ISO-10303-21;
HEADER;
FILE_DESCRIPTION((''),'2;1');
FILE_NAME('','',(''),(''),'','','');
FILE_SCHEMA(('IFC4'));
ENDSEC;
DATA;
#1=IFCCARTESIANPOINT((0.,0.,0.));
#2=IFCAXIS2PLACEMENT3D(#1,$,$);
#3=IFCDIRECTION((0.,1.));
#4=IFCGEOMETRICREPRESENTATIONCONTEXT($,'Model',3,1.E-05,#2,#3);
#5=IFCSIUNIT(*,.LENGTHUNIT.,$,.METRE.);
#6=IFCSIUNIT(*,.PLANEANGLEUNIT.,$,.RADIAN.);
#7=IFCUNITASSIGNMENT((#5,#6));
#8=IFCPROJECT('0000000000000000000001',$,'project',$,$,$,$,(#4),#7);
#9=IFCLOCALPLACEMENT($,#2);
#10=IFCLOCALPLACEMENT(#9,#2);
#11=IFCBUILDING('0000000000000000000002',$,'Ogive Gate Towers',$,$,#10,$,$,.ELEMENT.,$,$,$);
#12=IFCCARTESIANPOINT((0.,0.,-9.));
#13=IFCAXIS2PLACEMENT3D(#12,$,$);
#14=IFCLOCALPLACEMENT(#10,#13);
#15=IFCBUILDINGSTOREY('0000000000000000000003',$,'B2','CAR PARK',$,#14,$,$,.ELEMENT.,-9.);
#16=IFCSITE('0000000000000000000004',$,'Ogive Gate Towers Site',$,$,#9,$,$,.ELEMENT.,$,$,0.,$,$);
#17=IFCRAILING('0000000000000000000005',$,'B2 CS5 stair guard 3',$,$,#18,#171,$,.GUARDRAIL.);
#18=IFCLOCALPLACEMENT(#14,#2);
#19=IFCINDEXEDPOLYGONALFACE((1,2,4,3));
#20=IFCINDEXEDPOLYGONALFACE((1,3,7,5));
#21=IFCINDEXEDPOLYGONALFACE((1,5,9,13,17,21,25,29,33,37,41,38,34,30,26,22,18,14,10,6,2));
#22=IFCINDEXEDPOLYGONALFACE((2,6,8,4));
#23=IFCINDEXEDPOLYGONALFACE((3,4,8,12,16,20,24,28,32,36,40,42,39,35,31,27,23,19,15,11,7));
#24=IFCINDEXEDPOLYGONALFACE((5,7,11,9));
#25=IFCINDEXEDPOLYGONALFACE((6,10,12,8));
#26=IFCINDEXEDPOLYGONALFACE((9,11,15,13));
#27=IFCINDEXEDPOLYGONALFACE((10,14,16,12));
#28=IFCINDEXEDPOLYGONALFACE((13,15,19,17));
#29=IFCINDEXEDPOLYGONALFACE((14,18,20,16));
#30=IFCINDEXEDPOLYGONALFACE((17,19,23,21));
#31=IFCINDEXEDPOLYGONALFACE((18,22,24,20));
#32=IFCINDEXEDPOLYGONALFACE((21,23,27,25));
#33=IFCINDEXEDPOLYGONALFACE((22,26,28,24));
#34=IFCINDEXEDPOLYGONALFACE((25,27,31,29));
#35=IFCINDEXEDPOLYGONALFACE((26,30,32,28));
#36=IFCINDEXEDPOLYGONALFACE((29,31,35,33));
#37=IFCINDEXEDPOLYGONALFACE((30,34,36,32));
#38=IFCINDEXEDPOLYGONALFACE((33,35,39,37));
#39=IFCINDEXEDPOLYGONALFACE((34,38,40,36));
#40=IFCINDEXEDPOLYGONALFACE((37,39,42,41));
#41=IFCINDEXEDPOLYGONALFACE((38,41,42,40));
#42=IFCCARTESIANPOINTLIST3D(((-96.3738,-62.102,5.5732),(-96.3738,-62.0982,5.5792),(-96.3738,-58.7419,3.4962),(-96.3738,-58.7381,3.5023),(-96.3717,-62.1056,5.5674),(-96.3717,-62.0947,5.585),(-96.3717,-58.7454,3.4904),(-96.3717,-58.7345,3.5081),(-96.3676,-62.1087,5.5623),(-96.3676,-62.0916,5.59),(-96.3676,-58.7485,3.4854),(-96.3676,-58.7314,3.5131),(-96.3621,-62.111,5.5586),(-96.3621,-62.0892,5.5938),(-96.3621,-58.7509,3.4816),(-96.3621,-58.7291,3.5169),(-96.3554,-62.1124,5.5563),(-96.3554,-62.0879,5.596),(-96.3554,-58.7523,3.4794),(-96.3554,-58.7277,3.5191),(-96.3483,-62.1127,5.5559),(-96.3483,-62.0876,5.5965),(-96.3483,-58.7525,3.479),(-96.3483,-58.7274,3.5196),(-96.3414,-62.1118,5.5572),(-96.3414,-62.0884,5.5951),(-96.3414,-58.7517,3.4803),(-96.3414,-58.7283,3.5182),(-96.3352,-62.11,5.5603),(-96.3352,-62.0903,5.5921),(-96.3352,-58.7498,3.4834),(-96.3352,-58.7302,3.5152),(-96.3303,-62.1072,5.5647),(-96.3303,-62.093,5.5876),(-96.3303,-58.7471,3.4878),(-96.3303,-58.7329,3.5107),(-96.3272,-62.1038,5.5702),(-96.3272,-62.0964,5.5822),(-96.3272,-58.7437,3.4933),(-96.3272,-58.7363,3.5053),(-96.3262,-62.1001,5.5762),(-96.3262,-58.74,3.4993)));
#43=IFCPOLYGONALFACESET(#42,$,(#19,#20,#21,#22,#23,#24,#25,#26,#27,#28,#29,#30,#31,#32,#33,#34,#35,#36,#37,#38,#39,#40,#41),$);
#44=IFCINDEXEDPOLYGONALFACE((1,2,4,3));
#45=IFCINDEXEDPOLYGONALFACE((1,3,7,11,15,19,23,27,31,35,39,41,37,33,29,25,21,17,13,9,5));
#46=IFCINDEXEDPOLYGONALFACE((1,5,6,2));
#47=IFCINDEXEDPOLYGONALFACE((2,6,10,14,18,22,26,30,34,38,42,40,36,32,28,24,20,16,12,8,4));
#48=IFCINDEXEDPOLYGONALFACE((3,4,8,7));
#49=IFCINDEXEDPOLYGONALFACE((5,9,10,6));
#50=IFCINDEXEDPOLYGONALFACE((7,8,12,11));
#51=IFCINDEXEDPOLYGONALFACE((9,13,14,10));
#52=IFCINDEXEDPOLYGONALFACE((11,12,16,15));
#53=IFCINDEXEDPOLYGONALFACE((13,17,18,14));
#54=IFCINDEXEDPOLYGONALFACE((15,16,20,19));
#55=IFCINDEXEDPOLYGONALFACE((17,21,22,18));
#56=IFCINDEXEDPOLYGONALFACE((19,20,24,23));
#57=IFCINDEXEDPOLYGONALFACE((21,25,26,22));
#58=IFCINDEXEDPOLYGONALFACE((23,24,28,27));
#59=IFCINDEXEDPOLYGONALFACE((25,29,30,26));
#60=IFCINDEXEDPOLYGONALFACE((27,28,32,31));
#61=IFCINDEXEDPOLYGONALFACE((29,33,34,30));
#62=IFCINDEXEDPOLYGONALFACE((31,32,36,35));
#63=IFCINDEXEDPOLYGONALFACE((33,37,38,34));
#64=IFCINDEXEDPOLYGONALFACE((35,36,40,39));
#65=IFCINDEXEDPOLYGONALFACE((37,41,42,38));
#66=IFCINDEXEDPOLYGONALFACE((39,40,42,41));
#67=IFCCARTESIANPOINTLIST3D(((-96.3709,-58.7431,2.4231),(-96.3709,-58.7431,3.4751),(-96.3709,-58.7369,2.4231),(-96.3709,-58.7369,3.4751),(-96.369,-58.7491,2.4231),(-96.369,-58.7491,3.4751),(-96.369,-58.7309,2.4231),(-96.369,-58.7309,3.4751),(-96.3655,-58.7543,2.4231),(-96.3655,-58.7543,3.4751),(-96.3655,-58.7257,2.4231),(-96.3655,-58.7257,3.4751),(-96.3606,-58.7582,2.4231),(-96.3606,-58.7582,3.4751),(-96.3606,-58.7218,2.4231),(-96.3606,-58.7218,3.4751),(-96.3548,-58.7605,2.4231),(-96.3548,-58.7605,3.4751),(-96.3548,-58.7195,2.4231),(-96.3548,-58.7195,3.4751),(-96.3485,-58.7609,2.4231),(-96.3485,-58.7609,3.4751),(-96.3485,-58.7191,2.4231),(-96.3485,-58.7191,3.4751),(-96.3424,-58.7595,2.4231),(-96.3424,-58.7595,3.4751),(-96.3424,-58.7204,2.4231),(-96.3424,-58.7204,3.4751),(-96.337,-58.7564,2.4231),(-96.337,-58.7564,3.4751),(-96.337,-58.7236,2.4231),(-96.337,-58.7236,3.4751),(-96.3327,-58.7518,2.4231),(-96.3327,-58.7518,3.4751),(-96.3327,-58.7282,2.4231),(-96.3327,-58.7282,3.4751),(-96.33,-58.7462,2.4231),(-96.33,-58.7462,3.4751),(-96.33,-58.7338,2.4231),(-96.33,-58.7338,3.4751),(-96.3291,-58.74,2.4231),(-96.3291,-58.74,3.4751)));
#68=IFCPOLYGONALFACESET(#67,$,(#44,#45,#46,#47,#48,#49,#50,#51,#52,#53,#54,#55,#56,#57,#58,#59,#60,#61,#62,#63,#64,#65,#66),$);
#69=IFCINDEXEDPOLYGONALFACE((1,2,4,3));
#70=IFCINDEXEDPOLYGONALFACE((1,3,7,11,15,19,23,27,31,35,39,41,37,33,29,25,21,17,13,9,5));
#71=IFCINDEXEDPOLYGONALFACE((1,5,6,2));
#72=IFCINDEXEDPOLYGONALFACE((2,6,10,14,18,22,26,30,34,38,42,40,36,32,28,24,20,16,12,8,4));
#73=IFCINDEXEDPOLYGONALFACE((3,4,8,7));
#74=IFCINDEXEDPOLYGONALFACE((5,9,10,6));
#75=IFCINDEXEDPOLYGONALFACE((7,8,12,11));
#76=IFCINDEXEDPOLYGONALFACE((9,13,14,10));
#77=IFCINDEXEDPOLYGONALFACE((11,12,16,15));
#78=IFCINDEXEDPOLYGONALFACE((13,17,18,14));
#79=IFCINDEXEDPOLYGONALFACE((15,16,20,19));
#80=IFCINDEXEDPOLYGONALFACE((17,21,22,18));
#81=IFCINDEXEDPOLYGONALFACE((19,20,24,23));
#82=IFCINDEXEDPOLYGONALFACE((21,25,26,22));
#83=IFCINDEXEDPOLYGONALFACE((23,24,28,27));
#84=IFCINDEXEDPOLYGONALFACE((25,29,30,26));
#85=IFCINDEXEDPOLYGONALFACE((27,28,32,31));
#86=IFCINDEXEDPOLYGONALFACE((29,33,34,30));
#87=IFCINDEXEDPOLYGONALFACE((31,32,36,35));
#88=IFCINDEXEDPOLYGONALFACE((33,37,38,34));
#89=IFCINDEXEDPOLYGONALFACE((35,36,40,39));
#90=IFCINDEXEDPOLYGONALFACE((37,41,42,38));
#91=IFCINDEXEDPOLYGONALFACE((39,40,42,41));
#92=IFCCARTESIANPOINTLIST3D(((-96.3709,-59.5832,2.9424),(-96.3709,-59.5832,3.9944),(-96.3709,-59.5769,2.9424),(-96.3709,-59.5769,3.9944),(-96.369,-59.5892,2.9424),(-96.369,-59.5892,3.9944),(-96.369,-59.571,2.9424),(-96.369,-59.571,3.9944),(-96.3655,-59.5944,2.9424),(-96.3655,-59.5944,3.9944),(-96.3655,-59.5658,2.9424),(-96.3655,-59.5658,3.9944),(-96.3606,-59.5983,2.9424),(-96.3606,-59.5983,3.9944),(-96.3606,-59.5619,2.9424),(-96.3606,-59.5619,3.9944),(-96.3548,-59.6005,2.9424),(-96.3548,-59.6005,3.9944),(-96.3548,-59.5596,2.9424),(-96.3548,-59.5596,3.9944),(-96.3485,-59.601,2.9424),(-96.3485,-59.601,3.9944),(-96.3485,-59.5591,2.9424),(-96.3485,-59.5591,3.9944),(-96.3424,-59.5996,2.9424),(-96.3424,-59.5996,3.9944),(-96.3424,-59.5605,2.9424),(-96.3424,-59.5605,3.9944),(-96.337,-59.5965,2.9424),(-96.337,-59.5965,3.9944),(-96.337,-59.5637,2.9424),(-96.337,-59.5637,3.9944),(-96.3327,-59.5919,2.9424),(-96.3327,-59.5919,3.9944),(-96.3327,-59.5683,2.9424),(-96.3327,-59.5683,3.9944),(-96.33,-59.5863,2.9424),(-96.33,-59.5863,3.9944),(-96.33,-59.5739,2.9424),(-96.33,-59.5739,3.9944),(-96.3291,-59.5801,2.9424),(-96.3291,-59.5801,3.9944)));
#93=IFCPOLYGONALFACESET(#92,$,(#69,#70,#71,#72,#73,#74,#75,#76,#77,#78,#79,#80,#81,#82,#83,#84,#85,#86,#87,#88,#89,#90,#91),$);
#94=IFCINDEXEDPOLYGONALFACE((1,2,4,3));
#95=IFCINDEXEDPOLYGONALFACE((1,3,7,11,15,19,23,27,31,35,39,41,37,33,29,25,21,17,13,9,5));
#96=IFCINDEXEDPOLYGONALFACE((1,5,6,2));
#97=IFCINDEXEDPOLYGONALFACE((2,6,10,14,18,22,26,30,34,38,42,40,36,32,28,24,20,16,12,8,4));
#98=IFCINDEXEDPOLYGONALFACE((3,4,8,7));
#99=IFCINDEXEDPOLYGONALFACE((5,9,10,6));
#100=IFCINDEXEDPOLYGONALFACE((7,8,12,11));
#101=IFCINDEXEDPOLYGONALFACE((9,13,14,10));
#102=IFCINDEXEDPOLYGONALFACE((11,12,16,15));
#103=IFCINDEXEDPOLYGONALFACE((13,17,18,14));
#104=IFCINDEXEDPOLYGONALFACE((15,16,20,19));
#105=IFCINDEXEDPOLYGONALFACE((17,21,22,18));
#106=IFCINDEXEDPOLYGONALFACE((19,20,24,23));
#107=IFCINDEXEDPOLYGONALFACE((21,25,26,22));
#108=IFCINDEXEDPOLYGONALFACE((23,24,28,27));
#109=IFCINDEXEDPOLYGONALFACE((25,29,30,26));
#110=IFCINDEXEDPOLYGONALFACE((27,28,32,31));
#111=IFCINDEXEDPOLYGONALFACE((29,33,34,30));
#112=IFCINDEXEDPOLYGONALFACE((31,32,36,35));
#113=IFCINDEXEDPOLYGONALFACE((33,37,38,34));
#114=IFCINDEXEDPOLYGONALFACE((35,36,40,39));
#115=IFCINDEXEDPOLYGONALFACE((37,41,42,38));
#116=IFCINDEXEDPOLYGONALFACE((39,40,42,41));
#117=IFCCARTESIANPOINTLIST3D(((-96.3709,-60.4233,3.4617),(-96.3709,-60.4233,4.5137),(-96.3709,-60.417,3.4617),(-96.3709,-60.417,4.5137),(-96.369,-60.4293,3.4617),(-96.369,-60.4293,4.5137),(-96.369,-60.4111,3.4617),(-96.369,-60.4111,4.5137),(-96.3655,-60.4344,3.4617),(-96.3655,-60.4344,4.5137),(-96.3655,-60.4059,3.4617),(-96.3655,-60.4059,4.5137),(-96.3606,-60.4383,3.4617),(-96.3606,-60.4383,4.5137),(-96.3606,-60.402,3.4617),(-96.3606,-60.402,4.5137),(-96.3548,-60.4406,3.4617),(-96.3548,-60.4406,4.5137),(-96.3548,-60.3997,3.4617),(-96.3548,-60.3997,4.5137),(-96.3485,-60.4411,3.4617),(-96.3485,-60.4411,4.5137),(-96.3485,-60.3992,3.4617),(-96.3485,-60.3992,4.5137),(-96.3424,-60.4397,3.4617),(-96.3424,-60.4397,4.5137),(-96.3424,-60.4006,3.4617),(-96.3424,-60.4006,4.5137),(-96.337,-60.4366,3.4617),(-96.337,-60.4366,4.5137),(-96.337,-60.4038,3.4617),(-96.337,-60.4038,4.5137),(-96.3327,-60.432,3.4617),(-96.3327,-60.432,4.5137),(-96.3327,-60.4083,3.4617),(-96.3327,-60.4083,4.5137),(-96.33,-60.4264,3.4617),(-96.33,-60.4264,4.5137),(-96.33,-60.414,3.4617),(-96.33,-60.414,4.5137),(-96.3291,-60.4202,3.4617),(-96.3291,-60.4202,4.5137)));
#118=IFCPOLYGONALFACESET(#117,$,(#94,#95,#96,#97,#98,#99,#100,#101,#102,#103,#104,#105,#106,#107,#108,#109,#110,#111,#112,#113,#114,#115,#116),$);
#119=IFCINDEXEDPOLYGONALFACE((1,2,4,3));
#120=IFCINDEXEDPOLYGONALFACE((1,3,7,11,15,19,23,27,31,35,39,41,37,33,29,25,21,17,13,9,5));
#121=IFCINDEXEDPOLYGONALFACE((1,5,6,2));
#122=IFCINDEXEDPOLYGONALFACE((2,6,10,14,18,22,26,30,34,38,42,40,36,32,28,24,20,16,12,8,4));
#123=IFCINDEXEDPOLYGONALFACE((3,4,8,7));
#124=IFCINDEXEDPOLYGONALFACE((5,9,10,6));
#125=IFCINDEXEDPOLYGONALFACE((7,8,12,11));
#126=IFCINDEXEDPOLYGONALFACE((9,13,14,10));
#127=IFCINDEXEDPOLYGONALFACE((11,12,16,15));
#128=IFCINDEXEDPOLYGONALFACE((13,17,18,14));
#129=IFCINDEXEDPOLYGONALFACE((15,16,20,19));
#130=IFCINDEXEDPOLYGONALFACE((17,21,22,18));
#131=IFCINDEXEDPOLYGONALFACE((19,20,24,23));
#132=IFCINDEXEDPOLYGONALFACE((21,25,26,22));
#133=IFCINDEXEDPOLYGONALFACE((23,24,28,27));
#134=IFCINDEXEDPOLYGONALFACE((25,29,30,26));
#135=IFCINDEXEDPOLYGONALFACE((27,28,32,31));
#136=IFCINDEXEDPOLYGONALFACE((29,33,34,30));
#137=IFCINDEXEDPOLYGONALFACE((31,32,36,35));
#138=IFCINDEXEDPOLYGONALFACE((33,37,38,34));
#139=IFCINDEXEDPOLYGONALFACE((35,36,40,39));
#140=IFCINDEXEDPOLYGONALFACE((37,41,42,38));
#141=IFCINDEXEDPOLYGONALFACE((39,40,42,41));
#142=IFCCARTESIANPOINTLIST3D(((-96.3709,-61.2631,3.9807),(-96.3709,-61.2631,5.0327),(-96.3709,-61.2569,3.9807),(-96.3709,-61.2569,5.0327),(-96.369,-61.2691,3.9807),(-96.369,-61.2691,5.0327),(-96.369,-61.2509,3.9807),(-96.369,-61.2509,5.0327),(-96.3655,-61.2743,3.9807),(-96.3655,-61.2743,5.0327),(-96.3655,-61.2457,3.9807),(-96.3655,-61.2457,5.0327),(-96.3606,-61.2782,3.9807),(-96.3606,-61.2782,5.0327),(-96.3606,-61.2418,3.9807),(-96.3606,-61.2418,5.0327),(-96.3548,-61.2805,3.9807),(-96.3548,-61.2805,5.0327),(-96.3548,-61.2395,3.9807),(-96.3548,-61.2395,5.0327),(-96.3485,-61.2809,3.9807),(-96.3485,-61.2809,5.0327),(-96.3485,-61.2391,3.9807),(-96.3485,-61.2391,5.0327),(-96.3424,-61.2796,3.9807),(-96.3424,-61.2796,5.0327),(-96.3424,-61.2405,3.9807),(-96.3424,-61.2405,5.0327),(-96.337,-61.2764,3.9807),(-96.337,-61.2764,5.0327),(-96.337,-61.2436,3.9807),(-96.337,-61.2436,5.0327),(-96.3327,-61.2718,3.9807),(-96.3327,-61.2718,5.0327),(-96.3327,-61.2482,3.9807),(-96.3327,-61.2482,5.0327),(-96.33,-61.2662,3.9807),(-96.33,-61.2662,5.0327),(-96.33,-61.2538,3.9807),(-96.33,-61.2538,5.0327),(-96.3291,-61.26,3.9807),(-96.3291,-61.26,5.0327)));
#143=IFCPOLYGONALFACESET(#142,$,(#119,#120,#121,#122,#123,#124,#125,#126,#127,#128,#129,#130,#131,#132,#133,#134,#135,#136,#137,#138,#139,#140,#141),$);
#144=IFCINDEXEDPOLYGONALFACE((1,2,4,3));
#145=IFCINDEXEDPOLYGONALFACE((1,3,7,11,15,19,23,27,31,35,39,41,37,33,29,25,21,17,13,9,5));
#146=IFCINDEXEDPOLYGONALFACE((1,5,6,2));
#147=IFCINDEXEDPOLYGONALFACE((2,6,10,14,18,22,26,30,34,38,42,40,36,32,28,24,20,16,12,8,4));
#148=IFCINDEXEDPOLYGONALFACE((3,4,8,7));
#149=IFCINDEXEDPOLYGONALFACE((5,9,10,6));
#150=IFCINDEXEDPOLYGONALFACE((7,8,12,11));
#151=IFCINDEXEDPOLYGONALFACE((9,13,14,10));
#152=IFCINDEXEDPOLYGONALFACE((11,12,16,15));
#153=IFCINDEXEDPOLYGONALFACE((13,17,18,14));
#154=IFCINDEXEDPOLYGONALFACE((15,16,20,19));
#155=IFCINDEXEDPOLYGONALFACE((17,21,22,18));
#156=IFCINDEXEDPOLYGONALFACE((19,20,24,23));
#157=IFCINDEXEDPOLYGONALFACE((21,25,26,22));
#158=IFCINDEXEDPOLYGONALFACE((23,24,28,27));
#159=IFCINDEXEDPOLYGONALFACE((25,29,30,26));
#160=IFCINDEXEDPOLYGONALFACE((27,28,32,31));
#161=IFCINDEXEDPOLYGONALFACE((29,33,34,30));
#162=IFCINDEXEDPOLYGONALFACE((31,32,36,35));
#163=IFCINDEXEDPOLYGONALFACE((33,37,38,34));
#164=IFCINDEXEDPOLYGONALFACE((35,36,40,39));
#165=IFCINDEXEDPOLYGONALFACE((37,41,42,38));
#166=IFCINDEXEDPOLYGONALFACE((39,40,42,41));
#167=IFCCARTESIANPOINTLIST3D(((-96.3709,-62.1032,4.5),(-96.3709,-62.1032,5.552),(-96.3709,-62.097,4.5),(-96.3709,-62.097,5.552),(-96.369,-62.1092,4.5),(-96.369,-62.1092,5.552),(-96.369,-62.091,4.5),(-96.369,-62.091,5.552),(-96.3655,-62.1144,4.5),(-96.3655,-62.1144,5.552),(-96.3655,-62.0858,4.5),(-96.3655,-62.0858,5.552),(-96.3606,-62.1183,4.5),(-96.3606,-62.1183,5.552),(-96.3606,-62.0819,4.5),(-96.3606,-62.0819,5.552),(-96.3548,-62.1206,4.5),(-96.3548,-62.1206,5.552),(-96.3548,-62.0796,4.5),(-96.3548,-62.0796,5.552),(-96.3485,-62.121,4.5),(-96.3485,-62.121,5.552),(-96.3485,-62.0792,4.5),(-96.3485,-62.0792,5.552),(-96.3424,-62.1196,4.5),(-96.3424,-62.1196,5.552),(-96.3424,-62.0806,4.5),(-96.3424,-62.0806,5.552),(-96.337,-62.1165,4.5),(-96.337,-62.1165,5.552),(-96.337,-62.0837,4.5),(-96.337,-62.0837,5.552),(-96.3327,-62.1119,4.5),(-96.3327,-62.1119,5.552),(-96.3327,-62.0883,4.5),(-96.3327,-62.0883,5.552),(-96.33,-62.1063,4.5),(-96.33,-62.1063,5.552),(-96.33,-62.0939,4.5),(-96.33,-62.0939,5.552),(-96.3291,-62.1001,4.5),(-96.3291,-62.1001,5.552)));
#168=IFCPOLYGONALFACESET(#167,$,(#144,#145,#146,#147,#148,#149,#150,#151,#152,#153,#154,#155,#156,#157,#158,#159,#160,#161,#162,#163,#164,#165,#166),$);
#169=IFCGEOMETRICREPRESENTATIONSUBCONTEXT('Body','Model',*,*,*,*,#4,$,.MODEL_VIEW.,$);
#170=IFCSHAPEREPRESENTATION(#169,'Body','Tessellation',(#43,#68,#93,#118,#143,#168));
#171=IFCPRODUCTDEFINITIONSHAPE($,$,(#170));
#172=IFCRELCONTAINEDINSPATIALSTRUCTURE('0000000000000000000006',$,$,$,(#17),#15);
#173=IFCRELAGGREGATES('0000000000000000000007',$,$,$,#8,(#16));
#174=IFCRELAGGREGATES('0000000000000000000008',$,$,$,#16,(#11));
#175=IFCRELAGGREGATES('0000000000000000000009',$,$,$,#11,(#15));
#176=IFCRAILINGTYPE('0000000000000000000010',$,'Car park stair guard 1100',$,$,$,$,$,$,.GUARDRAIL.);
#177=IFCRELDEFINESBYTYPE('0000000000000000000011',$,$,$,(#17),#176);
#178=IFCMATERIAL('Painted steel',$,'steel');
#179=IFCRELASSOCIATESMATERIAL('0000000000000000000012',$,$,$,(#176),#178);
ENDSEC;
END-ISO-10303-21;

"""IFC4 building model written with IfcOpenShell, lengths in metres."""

from ifc_helpers import new_model, si_unit, direction, frame, origin, origin_2d, place, context, subcontext, project, spatial, circle, extrude, material, type_object, element, save


model = new_model("IFC4")

# Units and contexts
model_context = context("Model", 3, precision=1e-05, world=origin(), true_north=direction((0.0, 1.0)))
body_context = subcontext(model_context, "Body", "Model", "MODEL_VIEW")
ifc_project = project(units=[si_unit("LENGTHUNIT", "METRE"), si_unit("PLANEANGLEUNIT", "RADIAN")], contexts=[model_context])

# Site, building, storey
site_placement = place(None, origin())
site = spatial("IfcSite", under=ifc_project, at=site_placement, Name="Ogive Gate Towers Site", CompositionType="ELEMENT", RefElevation=0.0)
building_placement = place(site_placement, origin())
building = spatial("IfcBuilding", under=site, at=building_placement, Name="Ogive Gate Towers", CompositionType="ELEMENT")
storey_placement = place(building_placement, frame((0.0, 0.0, -9.0)))
storey = spatial("IfcBuildingStorey", under=building, at=storey_placement, Name="B2", Description="CAR PARK", CompositionType="ELEMENT", Elevation=-9.0)

# Railing
ifc_material_1 = material(Name="Painted steel", Category="steel")
railing_type_1 = type_object("IfcRailingType", Name="Car park stair guard 1100", PredefinedType="GUARDRAIL", material=ifc_material_1)
railing_1_placement = place(storey_placement, frame((-96.3501, -58.74, 2.4231)))
element("IfcRailing", 1, at=railing_1_placement, inside=storey, type_object=railing_type_1, Name="B2 CS5 stair guard 3", PredefinedType="GUARDRAIL", context=body_context, shape_type="SweptSolid", body=[
    extrude(circle(Radius=0.0239, at=origin_2d()), frame((0.0, 0.0, 1.0762), z_axis=(0.0, -0.850623, 0.525776), x_axis=(1.0, 0.0, 0.0)), (0.0, 0.0, 1.0), 3.9502),
    extrude(circle(Radius=0.021, at=origin_2d()), origin(), (0.0, 0.0, 1.0), 1.052),
    extrude(circle(Radius=0.021, at=origin_2d()), frame((0.0, -0.8401, 0.5193)), (0.0, 0.0, 1.0), 1.052),
    extrude(circle(Radius=0.021, at=origin_2d()), frame((0.0, -1.6802, 1.0386)), (0.0, 0.0, 1.0), 1.052),
    extrude(circle(Radius=0.021, at=origin_2d()), frame((0.0, -2.52, 1.5576)), (0.0, 0.0, 1.0), 1.052),
    extrude(circle(Radius=0.021, at=origin_2d()), frame((0.0, -3.3601, 2.0769)), (0.0, 0.0, 1.0), 1.052),
])

save(model, "model.ifc")
